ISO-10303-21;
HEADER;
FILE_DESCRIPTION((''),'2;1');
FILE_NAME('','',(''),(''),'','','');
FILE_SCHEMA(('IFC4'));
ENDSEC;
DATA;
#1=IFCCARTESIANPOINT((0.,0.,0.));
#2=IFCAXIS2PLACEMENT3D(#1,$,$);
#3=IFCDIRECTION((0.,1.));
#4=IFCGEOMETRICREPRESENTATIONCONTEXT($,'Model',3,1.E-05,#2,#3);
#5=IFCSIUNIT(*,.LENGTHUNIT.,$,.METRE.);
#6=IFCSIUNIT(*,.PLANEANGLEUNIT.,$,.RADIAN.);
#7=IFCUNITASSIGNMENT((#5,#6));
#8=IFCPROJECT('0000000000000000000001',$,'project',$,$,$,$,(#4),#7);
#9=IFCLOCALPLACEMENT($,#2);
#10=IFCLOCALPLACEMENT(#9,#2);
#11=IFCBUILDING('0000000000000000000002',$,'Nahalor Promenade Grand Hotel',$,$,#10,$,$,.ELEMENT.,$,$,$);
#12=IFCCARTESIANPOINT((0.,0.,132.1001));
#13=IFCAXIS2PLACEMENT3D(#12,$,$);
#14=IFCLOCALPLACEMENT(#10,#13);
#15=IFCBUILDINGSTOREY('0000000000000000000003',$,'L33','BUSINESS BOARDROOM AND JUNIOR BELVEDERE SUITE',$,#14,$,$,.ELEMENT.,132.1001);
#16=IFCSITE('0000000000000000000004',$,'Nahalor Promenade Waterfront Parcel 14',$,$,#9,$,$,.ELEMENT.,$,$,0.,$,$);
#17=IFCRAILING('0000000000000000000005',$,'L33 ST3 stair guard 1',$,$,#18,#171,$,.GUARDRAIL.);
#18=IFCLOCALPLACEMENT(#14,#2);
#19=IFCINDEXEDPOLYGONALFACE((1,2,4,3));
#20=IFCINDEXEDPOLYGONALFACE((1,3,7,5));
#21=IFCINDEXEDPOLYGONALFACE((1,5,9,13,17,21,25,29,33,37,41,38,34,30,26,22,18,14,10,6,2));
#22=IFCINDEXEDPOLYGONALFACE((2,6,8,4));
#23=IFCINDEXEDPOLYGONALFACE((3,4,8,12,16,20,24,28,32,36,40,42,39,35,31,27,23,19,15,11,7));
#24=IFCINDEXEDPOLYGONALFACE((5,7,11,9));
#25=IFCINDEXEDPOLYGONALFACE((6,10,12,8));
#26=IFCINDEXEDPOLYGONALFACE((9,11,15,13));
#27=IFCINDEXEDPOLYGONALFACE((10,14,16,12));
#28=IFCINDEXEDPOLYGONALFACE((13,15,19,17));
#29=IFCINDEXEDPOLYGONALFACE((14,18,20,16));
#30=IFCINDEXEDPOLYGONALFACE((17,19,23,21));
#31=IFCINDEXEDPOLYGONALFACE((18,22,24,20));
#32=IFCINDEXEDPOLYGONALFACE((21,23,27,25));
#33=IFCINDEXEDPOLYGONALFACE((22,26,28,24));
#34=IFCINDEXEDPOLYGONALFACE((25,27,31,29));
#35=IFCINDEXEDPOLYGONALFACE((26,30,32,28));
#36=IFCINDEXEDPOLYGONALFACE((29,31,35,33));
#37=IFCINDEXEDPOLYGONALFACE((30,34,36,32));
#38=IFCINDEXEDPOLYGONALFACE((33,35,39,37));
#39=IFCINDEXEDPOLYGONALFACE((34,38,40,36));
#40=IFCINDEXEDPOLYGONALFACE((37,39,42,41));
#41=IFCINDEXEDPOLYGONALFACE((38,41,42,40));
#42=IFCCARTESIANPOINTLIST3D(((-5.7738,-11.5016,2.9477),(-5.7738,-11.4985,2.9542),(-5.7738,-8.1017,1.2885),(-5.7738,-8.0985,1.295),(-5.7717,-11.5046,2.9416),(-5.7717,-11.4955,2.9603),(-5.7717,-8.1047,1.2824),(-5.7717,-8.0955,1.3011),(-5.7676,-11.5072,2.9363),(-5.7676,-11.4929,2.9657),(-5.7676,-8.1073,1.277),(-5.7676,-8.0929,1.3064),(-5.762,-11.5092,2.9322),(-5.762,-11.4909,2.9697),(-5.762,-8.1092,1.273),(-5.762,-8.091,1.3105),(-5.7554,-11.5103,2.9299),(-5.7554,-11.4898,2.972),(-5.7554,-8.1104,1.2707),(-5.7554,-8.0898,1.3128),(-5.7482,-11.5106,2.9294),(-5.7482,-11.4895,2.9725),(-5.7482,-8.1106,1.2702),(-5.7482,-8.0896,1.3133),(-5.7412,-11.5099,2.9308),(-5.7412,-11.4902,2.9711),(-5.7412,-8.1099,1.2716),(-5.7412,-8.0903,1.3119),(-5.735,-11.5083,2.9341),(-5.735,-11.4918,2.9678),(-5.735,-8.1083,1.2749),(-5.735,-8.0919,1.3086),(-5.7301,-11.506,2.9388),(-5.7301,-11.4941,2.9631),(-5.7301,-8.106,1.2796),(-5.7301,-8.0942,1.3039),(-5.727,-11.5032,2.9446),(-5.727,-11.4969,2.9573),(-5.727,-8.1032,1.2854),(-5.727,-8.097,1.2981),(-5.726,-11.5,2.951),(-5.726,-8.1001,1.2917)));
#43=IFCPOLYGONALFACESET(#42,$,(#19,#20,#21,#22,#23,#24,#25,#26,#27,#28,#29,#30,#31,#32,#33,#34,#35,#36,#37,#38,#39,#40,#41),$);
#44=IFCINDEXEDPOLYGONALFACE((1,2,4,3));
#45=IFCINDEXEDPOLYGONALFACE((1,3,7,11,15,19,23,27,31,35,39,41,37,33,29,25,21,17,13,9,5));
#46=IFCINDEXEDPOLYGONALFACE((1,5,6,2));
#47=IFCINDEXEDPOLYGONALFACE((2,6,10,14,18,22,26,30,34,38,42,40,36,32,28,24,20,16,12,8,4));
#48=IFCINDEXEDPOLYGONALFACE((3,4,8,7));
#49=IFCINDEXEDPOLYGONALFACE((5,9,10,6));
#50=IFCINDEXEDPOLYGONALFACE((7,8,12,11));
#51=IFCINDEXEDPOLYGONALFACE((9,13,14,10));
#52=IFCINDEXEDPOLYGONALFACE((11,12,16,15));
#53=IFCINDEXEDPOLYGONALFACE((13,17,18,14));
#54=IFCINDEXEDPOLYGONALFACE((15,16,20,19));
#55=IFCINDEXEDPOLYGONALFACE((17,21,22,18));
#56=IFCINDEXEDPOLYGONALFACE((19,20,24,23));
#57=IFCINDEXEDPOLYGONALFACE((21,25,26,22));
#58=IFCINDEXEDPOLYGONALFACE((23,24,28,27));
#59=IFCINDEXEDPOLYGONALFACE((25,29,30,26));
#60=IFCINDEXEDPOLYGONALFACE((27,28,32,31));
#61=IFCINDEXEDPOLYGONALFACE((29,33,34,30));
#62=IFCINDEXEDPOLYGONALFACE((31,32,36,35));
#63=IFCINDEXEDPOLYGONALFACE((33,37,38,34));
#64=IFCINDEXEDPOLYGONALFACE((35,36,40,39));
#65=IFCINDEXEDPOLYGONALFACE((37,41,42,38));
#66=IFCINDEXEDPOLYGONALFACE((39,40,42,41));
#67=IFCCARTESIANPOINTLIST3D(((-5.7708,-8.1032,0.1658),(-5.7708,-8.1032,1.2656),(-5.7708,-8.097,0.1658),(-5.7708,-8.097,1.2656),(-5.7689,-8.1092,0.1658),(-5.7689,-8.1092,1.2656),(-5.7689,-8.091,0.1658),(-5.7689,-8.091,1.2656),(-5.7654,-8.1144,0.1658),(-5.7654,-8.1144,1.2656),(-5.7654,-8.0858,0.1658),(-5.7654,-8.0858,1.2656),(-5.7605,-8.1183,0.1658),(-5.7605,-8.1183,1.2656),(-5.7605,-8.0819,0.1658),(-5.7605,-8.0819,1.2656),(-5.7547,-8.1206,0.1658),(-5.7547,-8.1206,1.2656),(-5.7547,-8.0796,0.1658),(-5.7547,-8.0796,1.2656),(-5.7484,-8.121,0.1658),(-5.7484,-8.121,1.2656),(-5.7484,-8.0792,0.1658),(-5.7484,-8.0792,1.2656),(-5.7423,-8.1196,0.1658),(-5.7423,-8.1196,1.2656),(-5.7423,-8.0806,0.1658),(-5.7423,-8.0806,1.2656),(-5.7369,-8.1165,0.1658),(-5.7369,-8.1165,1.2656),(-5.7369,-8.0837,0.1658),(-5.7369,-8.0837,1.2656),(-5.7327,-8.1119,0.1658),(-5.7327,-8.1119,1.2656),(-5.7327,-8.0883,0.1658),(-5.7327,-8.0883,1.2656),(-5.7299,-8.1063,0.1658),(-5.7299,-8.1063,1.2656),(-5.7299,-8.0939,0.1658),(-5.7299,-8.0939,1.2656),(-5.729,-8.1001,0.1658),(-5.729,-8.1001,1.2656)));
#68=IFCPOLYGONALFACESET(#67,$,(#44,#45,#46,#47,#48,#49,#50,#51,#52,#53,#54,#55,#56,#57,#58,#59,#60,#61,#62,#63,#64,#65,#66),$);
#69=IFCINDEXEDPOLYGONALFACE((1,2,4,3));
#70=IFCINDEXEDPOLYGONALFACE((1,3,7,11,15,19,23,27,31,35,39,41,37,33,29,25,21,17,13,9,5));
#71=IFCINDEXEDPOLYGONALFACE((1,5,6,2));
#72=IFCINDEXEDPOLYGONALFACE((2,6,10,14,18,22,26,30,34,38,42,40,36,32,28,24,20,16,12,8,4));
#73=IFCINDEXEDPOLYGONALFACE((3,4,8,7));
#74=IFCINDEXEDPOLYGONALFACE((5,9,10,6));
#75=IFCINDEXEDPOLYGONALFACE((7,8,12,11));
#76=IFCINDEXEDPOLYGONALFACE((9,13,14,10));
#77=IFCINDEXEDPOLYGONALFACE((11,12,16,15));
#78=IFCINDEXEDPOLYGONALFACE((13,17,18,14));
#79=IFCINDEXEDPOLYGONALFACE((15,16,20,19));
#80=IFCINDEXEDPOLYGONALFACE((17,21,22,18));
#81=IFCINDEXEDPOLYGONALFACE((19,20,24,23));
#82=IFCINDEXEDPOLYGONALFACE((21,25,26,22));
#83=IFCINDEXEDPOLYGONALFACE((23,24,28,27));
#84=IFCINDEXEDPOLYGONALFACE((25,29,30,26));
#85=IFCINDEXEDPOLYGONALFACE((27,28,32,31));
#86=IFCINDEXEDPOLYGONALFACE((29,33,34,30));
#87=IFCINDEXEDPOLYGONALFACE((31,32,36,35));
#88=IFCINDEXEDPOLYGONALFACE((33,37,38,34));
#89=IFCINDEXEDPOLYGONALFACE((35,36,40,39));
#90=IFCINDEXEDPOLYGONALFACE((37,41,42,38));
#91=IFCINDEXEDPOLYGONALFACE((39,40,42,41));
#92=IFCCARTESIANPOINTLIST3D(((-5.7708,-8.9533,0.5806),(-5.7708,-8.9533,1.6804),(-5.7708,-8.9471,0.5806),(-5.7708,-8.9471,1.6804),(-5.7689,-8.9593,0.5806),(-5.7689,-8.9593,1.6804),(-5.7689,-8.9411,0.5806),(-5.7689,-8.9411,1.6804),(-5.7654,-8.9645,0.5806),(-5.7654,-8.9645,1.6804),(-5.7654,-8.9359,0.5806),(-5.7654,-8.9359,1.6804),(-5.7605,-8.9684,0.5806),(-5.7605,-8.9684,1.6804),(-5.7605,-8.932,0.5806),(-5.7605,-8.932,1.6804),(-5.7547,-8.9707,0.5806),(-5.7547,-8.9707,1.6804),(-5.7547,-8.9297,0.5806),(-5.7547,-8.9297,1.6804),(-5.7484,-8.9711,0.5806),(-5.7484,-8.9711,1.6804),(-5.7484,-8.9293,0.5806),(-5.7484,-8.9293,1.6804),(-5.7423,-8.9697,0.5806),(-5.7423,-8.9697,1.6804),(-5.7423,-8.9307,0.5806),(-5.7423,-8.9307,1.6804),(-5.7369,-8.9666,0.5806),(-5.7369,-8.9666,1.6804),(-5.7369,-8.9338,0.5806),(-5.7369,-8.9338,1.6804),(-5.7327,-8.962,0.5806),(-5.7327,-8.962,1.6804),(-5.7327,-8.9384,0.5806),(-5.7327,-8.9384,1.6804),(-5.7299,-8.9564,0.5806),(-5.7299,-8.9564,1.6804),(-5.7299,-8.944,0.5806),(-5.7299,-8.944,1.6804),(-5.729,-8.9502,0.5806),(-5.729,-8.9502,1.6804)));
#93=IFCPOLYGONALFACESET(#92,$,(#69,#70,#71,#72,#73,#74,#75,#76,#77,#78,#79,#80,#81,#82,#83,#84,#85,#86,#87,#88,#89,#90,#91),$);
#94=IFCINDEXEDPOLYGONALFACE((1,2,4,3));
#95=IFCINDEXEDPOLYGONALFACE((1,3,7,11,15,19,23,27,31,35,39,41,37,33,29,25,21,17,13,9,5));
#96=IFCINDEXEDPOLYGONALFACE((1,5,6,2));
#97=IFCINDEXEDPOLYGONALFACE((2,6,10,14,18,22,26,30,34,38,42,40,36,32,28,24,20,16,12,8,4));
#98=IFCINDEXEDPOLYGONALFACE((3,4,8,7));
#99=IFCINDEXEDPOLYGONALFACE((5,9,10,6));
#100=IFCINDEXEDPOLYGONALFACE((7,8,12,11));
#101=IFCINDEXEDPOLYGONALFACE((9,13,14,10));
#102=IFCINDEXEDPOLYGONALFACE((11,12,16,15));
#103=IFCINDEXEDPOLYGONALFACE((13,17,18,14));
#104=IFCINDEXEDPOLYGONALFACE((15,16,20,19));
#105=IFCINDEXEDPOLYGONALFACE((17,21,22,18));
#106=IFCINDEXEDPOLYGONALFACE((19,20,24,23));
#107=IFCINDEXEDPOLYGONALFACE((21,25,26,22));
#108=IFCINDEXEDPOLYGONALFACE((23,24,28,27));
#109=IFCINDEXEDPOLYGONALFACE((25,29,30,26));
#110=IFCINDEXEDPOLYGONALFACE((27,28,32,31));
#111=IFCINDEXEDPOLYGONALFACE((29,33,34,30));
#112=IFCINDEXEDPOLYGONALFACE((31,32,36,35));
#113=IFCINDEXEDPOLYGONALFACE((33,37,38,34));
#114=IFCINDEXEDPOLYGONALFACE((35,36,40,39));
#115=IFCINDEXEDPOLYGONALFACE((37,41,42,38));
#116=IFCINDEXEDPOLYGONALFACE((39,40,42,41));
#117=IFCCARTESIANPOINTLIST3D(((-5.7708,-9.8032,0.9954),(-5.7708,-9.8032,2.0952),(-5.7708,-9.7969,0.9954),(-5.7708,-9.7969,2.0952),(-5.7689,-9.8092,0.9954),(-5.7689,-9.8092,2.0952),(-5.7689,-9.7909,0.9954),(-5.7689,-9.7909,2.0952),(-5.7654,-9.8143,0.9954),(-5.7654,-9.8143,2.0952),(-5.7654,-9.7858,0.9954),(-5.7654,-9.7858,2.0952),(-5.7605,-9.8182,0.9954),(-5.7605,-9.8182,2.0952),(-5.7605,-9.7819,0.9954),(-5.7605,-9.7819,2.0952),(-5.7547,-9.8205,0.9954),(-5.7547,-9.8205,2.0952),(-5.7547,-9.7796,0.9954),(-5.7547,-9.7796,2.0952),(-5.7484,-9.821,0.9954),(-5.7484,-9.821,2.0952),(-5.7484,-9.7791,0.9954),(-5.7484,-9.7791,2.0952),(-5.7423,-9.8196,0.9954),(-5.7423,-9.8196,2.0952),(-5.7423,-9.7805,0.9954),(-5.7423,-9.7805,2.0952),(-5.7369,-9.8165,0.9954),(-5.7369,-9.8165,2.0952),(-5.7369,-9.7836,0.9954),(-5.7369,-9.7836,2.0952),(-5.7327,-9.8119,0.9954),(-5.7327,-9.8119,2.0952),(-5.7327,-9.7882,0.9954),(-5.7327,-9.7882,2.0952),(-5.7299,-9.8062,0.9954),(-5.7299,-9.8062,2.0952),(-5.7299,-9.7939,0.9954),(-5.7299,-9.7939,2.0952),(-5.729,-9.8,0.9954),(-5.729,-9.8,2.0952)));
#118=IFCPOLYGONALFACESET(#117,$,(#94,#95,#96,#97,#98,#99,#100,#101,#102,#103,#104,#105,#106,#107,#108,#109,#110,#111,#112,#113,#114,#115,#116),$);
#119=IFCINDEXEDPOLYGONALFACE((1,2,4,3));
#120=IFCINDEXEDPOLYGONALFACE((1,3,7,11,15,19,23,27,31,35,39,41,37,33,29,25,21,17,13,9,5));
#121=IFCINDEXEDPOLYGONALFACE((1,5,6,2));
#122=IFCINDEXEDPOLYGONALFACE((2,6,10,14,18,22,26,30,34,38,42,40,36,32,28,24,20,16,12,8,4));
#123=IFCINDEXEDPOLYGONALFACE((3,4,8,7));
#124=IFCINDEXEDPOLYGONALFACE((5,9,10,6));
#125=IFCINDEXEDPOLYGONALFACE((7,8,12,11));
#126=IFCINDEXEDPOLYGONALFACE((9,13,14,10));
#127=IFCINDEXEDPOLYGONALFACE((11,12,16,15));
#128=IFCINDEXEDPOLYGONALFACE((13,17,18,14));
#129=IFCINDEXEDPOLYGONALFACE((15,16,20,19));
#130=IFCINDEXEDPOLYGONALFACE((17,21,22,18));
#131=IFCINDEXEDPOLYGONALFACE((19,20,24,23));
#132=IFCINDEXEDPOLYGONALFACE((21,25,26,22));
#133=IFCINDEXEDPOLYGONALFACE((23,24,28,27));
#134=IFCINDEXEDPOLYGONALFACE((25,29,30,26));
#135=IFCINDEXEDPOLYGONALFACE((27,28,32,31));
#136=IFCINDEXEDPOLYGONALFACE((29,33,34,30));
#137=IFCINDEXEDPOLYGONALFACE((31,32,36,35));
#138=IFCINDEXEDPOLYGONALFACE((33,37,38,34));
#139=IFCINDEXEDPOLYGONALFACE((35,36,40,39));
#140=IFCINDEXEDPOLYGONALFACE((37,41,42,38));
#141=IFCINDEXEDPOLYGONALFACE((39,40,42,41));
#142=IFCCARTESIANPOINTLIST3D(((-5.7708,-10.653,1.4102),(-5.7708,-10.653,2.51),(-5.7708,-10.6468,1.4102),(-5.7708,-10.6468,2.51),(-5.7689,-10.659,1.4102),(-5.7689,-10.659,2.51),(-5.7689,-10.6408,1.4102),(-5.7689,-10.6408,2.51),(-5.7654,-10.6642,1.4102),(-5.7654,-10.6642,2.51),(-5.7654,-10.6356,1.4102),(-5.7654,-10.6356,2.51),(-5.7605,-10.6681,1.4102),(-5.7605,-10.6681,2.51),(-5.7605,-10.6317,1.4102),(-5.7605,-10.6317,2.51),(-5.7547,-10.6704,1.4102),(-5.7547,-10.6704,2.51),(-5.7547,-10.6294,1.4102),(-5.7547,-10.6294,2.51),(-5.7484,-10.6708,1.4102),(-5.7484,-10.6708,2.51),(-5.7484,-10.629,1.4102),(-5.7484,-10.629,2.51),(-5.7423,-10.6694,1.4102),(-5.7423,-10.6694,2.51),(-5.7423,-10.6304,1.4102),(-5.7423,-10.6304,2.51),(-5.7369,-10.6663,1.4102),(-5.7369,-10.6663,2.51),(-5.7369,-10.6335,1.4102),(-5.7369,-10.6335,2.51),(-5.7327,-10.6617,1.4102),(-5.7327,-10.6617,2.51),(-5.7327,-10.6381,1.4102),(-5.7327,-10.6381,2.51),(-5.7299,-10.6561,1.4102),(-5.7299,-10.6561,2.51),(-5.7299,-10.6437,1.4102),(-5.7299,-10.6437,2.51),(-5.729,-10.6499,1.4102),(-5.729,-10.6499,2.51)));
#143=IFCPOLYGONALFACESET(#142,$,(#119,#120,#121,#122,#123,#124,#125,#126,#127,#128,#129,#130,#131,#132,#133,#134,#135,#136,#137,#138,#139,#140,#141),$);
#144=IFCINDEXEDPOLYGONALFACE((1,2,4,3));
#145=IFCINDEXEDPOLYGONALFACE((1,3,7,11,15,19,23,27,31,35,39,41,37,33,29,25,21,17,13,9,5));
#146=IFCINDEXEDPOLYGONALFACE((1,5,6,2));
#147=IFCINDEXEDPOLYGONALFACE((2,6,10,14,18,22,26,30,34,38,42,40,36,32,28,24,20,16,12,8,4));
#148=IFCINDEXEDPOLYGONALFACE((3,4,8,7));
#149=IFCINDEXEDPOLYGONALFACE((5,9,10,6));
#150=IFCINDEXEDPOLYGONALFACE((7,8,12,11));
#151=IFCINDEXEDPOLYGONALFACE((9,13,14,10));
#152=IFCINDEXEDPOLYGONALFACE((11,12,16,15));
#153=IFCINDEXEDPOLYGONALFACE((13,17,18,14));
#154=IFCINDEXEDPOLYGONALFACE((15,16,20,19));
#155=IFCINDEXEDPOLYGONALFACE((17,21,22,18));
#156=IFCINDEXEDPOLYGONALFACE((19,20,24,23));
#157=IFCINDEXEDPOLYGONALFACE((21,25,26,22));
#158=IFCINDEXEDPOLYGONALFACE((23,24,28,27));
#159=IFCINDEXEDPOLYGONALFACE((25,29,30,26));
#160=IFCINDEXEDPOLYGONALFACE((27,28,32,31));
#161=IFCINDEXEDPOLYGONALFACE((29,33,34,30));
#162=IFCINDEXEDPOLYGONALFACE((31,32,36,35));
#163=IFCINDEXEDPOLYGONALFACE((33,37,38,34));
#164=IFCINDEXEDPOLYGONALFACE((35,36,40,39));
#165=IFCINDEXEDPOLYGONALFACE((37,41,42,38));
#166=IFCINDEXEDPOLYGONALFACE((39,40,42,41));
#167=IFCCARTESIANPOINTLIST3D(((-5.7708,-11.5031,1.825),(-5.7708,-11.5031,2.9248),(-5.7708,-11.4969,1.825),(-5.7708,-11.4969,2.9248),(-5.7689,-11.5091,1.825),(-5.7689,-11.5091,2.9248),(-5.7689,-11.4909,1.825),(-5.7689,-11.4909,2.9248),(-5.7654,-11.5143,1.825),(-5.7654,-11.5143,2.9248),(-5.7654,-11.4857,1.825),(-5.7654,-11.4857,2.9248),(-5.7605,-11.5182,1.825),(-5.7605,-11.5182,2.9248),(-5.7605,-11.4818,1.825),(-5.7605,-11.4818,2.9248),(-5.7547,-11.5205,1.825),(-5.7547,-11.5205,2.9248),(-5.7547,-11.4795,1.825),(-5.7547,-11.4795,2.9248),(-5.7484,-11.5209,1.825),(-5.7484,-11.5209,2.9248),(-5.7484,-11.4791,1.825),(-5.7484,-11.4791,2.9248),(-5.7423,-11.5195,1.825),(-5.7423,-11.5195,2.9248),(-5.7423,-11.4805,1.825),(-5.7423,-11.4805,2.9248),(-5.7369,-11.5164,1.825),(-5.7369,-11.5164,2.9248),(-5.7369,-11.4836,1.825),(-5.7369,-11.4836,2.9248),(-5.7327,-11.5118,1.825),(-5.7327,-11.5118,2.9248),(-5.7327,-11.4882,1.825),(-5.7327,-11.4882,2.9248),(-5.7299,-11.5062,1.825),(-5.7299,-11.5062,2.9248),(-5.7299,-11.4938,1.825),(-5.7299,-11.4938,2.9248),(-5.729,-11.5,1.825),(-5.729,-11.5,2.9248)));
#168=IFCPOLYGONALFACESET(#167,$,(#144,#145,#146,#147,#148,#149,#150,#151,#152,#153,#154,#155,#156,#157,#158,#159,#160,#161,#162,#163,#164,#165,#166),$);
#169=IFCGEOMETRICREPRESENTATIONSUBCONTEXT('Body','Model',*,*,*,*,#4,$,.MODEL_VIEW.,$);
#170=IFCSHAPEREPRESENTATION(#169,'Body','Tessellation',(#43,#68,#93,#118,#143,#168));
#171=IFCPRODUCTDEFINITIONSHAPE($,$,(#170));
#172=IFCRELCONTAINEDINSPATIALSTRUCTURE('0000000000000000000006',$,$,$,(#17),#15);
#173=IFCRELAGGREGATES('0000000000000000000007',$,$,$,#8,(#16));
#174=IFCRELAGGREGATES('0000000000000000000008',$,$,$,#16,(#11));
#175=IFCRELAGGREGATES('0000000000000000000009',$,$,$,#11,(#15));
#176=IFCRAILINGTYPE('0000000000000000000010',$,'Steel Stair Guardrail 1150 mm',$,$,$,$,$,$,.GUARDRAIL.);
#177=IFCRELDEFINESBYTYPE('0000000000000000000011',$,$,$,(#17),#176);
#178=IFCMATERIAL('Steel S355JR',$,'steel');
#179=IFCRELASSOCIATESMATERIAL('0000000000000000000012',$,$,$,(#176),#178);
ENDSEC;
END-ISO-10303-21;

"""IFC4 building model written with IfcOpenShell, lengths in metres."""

from ifc_helpers import new_model, si_unit, direction, frame, origin, origin_2d, place, context, subcontext, project, spatial, circle, extrude, material, type_object, element, save


model = new_model("IFC4")

# Units and contexts
model_context = context("Model", 3, precision=1e-05, world=origin(), true_north=direction((0.0, 1.0)))
body_context = subcontext(model_context, "Body", "Model", "MODEL_VIEW")
ifc_project = project(units=[si_unit("LENGTHUNIT", "METRE"), si_unit("PLANEANGLEUNIT", "RADIAN")], contexts=[model_context])

# Site, building, storey
site_placement = place(None, origin())
site = spatial("IfcSite", under=ifc_project, at=site_placement, Name="Nahalor Promenade Waterfront Parcel 14", CompositionType="ELEMENT", RefElevation=0.0)
building_placement = place(site_placement, origin())
building = spatial("IfcBuilding", under=site, at=building_placement, Name="Nahalor Promenade Grand Hotel", CompositionType="ELEMENT")
storey_placement = place(building_placement, frame((0.0, 0.0, 132.1001)))
storey = spatial("IfcBuildingStorey", under=building, at=storey_placement, Name="L33", Description="BUSINESS BOARDROOM AND JUNIOR BELVEDERE SUITE", CompositionType="ELEMENT", Elevation=132.1001)

# Shared definitions
ifc_material_1 = material(Name="Steel S355JR", Category="steel")

# Railing
railing_type_1 = type_object("IfcRailingType", Name="Steel Stair Guardrail 1150 mm", PredefinedType="GUARDRAIL", material=ifc_material_1)
railing_1_placement = place(storey_placement, frame((-5.75, -8.1001, 0.1658)))
element("IfcRailing", 1, at=railing_1_placement, inside=storey, type_object=railing_type_1, Name="L33 ST3 stair guard 1", PredefinedType="GUARDRAIL", context=body_context, shape_type="SweptSolid", body=[
    extrude(circle(Radius=0.024, at=origin_2d()), frame((0.0, 0.0, 1.126), z_axis=(0.0, -0.898696, 0.438571), x_axis=(1.0, 0.0, 0.0)), (0.0, 0.0, 1.0), 3.7832),
    extrude(circle(Radius=0.021, at=origin_2d()), origin(), (0.0, 0.0, 1.0), 1.0999),
    extrude(circle(Radius=0.021, at=origin_2d()), frame((0.0, -0.8501, 0.4148)), (0.0, 0.0, 1.0), 1.0999),
    extrude(circle(Radius=0.021, at=origin_2d()), frame((0.0, -1.7, 0.8296)), (0.0, 0.0, 1.0), 1.0999),
    extrude(circle(Radius=0.021, at=origin_2d()), frame((0.0, -2.5498, 1.2444)), (0.0, 0.0, 1.0), 1.0999),
    extrude(circle(Radius=0.021, at=origin_2d()), frame((0.0, -3.3999, 1.6592)), (0.0, 0.0, 1.0), 1.0999),
])

save(model, "model.ifc")
